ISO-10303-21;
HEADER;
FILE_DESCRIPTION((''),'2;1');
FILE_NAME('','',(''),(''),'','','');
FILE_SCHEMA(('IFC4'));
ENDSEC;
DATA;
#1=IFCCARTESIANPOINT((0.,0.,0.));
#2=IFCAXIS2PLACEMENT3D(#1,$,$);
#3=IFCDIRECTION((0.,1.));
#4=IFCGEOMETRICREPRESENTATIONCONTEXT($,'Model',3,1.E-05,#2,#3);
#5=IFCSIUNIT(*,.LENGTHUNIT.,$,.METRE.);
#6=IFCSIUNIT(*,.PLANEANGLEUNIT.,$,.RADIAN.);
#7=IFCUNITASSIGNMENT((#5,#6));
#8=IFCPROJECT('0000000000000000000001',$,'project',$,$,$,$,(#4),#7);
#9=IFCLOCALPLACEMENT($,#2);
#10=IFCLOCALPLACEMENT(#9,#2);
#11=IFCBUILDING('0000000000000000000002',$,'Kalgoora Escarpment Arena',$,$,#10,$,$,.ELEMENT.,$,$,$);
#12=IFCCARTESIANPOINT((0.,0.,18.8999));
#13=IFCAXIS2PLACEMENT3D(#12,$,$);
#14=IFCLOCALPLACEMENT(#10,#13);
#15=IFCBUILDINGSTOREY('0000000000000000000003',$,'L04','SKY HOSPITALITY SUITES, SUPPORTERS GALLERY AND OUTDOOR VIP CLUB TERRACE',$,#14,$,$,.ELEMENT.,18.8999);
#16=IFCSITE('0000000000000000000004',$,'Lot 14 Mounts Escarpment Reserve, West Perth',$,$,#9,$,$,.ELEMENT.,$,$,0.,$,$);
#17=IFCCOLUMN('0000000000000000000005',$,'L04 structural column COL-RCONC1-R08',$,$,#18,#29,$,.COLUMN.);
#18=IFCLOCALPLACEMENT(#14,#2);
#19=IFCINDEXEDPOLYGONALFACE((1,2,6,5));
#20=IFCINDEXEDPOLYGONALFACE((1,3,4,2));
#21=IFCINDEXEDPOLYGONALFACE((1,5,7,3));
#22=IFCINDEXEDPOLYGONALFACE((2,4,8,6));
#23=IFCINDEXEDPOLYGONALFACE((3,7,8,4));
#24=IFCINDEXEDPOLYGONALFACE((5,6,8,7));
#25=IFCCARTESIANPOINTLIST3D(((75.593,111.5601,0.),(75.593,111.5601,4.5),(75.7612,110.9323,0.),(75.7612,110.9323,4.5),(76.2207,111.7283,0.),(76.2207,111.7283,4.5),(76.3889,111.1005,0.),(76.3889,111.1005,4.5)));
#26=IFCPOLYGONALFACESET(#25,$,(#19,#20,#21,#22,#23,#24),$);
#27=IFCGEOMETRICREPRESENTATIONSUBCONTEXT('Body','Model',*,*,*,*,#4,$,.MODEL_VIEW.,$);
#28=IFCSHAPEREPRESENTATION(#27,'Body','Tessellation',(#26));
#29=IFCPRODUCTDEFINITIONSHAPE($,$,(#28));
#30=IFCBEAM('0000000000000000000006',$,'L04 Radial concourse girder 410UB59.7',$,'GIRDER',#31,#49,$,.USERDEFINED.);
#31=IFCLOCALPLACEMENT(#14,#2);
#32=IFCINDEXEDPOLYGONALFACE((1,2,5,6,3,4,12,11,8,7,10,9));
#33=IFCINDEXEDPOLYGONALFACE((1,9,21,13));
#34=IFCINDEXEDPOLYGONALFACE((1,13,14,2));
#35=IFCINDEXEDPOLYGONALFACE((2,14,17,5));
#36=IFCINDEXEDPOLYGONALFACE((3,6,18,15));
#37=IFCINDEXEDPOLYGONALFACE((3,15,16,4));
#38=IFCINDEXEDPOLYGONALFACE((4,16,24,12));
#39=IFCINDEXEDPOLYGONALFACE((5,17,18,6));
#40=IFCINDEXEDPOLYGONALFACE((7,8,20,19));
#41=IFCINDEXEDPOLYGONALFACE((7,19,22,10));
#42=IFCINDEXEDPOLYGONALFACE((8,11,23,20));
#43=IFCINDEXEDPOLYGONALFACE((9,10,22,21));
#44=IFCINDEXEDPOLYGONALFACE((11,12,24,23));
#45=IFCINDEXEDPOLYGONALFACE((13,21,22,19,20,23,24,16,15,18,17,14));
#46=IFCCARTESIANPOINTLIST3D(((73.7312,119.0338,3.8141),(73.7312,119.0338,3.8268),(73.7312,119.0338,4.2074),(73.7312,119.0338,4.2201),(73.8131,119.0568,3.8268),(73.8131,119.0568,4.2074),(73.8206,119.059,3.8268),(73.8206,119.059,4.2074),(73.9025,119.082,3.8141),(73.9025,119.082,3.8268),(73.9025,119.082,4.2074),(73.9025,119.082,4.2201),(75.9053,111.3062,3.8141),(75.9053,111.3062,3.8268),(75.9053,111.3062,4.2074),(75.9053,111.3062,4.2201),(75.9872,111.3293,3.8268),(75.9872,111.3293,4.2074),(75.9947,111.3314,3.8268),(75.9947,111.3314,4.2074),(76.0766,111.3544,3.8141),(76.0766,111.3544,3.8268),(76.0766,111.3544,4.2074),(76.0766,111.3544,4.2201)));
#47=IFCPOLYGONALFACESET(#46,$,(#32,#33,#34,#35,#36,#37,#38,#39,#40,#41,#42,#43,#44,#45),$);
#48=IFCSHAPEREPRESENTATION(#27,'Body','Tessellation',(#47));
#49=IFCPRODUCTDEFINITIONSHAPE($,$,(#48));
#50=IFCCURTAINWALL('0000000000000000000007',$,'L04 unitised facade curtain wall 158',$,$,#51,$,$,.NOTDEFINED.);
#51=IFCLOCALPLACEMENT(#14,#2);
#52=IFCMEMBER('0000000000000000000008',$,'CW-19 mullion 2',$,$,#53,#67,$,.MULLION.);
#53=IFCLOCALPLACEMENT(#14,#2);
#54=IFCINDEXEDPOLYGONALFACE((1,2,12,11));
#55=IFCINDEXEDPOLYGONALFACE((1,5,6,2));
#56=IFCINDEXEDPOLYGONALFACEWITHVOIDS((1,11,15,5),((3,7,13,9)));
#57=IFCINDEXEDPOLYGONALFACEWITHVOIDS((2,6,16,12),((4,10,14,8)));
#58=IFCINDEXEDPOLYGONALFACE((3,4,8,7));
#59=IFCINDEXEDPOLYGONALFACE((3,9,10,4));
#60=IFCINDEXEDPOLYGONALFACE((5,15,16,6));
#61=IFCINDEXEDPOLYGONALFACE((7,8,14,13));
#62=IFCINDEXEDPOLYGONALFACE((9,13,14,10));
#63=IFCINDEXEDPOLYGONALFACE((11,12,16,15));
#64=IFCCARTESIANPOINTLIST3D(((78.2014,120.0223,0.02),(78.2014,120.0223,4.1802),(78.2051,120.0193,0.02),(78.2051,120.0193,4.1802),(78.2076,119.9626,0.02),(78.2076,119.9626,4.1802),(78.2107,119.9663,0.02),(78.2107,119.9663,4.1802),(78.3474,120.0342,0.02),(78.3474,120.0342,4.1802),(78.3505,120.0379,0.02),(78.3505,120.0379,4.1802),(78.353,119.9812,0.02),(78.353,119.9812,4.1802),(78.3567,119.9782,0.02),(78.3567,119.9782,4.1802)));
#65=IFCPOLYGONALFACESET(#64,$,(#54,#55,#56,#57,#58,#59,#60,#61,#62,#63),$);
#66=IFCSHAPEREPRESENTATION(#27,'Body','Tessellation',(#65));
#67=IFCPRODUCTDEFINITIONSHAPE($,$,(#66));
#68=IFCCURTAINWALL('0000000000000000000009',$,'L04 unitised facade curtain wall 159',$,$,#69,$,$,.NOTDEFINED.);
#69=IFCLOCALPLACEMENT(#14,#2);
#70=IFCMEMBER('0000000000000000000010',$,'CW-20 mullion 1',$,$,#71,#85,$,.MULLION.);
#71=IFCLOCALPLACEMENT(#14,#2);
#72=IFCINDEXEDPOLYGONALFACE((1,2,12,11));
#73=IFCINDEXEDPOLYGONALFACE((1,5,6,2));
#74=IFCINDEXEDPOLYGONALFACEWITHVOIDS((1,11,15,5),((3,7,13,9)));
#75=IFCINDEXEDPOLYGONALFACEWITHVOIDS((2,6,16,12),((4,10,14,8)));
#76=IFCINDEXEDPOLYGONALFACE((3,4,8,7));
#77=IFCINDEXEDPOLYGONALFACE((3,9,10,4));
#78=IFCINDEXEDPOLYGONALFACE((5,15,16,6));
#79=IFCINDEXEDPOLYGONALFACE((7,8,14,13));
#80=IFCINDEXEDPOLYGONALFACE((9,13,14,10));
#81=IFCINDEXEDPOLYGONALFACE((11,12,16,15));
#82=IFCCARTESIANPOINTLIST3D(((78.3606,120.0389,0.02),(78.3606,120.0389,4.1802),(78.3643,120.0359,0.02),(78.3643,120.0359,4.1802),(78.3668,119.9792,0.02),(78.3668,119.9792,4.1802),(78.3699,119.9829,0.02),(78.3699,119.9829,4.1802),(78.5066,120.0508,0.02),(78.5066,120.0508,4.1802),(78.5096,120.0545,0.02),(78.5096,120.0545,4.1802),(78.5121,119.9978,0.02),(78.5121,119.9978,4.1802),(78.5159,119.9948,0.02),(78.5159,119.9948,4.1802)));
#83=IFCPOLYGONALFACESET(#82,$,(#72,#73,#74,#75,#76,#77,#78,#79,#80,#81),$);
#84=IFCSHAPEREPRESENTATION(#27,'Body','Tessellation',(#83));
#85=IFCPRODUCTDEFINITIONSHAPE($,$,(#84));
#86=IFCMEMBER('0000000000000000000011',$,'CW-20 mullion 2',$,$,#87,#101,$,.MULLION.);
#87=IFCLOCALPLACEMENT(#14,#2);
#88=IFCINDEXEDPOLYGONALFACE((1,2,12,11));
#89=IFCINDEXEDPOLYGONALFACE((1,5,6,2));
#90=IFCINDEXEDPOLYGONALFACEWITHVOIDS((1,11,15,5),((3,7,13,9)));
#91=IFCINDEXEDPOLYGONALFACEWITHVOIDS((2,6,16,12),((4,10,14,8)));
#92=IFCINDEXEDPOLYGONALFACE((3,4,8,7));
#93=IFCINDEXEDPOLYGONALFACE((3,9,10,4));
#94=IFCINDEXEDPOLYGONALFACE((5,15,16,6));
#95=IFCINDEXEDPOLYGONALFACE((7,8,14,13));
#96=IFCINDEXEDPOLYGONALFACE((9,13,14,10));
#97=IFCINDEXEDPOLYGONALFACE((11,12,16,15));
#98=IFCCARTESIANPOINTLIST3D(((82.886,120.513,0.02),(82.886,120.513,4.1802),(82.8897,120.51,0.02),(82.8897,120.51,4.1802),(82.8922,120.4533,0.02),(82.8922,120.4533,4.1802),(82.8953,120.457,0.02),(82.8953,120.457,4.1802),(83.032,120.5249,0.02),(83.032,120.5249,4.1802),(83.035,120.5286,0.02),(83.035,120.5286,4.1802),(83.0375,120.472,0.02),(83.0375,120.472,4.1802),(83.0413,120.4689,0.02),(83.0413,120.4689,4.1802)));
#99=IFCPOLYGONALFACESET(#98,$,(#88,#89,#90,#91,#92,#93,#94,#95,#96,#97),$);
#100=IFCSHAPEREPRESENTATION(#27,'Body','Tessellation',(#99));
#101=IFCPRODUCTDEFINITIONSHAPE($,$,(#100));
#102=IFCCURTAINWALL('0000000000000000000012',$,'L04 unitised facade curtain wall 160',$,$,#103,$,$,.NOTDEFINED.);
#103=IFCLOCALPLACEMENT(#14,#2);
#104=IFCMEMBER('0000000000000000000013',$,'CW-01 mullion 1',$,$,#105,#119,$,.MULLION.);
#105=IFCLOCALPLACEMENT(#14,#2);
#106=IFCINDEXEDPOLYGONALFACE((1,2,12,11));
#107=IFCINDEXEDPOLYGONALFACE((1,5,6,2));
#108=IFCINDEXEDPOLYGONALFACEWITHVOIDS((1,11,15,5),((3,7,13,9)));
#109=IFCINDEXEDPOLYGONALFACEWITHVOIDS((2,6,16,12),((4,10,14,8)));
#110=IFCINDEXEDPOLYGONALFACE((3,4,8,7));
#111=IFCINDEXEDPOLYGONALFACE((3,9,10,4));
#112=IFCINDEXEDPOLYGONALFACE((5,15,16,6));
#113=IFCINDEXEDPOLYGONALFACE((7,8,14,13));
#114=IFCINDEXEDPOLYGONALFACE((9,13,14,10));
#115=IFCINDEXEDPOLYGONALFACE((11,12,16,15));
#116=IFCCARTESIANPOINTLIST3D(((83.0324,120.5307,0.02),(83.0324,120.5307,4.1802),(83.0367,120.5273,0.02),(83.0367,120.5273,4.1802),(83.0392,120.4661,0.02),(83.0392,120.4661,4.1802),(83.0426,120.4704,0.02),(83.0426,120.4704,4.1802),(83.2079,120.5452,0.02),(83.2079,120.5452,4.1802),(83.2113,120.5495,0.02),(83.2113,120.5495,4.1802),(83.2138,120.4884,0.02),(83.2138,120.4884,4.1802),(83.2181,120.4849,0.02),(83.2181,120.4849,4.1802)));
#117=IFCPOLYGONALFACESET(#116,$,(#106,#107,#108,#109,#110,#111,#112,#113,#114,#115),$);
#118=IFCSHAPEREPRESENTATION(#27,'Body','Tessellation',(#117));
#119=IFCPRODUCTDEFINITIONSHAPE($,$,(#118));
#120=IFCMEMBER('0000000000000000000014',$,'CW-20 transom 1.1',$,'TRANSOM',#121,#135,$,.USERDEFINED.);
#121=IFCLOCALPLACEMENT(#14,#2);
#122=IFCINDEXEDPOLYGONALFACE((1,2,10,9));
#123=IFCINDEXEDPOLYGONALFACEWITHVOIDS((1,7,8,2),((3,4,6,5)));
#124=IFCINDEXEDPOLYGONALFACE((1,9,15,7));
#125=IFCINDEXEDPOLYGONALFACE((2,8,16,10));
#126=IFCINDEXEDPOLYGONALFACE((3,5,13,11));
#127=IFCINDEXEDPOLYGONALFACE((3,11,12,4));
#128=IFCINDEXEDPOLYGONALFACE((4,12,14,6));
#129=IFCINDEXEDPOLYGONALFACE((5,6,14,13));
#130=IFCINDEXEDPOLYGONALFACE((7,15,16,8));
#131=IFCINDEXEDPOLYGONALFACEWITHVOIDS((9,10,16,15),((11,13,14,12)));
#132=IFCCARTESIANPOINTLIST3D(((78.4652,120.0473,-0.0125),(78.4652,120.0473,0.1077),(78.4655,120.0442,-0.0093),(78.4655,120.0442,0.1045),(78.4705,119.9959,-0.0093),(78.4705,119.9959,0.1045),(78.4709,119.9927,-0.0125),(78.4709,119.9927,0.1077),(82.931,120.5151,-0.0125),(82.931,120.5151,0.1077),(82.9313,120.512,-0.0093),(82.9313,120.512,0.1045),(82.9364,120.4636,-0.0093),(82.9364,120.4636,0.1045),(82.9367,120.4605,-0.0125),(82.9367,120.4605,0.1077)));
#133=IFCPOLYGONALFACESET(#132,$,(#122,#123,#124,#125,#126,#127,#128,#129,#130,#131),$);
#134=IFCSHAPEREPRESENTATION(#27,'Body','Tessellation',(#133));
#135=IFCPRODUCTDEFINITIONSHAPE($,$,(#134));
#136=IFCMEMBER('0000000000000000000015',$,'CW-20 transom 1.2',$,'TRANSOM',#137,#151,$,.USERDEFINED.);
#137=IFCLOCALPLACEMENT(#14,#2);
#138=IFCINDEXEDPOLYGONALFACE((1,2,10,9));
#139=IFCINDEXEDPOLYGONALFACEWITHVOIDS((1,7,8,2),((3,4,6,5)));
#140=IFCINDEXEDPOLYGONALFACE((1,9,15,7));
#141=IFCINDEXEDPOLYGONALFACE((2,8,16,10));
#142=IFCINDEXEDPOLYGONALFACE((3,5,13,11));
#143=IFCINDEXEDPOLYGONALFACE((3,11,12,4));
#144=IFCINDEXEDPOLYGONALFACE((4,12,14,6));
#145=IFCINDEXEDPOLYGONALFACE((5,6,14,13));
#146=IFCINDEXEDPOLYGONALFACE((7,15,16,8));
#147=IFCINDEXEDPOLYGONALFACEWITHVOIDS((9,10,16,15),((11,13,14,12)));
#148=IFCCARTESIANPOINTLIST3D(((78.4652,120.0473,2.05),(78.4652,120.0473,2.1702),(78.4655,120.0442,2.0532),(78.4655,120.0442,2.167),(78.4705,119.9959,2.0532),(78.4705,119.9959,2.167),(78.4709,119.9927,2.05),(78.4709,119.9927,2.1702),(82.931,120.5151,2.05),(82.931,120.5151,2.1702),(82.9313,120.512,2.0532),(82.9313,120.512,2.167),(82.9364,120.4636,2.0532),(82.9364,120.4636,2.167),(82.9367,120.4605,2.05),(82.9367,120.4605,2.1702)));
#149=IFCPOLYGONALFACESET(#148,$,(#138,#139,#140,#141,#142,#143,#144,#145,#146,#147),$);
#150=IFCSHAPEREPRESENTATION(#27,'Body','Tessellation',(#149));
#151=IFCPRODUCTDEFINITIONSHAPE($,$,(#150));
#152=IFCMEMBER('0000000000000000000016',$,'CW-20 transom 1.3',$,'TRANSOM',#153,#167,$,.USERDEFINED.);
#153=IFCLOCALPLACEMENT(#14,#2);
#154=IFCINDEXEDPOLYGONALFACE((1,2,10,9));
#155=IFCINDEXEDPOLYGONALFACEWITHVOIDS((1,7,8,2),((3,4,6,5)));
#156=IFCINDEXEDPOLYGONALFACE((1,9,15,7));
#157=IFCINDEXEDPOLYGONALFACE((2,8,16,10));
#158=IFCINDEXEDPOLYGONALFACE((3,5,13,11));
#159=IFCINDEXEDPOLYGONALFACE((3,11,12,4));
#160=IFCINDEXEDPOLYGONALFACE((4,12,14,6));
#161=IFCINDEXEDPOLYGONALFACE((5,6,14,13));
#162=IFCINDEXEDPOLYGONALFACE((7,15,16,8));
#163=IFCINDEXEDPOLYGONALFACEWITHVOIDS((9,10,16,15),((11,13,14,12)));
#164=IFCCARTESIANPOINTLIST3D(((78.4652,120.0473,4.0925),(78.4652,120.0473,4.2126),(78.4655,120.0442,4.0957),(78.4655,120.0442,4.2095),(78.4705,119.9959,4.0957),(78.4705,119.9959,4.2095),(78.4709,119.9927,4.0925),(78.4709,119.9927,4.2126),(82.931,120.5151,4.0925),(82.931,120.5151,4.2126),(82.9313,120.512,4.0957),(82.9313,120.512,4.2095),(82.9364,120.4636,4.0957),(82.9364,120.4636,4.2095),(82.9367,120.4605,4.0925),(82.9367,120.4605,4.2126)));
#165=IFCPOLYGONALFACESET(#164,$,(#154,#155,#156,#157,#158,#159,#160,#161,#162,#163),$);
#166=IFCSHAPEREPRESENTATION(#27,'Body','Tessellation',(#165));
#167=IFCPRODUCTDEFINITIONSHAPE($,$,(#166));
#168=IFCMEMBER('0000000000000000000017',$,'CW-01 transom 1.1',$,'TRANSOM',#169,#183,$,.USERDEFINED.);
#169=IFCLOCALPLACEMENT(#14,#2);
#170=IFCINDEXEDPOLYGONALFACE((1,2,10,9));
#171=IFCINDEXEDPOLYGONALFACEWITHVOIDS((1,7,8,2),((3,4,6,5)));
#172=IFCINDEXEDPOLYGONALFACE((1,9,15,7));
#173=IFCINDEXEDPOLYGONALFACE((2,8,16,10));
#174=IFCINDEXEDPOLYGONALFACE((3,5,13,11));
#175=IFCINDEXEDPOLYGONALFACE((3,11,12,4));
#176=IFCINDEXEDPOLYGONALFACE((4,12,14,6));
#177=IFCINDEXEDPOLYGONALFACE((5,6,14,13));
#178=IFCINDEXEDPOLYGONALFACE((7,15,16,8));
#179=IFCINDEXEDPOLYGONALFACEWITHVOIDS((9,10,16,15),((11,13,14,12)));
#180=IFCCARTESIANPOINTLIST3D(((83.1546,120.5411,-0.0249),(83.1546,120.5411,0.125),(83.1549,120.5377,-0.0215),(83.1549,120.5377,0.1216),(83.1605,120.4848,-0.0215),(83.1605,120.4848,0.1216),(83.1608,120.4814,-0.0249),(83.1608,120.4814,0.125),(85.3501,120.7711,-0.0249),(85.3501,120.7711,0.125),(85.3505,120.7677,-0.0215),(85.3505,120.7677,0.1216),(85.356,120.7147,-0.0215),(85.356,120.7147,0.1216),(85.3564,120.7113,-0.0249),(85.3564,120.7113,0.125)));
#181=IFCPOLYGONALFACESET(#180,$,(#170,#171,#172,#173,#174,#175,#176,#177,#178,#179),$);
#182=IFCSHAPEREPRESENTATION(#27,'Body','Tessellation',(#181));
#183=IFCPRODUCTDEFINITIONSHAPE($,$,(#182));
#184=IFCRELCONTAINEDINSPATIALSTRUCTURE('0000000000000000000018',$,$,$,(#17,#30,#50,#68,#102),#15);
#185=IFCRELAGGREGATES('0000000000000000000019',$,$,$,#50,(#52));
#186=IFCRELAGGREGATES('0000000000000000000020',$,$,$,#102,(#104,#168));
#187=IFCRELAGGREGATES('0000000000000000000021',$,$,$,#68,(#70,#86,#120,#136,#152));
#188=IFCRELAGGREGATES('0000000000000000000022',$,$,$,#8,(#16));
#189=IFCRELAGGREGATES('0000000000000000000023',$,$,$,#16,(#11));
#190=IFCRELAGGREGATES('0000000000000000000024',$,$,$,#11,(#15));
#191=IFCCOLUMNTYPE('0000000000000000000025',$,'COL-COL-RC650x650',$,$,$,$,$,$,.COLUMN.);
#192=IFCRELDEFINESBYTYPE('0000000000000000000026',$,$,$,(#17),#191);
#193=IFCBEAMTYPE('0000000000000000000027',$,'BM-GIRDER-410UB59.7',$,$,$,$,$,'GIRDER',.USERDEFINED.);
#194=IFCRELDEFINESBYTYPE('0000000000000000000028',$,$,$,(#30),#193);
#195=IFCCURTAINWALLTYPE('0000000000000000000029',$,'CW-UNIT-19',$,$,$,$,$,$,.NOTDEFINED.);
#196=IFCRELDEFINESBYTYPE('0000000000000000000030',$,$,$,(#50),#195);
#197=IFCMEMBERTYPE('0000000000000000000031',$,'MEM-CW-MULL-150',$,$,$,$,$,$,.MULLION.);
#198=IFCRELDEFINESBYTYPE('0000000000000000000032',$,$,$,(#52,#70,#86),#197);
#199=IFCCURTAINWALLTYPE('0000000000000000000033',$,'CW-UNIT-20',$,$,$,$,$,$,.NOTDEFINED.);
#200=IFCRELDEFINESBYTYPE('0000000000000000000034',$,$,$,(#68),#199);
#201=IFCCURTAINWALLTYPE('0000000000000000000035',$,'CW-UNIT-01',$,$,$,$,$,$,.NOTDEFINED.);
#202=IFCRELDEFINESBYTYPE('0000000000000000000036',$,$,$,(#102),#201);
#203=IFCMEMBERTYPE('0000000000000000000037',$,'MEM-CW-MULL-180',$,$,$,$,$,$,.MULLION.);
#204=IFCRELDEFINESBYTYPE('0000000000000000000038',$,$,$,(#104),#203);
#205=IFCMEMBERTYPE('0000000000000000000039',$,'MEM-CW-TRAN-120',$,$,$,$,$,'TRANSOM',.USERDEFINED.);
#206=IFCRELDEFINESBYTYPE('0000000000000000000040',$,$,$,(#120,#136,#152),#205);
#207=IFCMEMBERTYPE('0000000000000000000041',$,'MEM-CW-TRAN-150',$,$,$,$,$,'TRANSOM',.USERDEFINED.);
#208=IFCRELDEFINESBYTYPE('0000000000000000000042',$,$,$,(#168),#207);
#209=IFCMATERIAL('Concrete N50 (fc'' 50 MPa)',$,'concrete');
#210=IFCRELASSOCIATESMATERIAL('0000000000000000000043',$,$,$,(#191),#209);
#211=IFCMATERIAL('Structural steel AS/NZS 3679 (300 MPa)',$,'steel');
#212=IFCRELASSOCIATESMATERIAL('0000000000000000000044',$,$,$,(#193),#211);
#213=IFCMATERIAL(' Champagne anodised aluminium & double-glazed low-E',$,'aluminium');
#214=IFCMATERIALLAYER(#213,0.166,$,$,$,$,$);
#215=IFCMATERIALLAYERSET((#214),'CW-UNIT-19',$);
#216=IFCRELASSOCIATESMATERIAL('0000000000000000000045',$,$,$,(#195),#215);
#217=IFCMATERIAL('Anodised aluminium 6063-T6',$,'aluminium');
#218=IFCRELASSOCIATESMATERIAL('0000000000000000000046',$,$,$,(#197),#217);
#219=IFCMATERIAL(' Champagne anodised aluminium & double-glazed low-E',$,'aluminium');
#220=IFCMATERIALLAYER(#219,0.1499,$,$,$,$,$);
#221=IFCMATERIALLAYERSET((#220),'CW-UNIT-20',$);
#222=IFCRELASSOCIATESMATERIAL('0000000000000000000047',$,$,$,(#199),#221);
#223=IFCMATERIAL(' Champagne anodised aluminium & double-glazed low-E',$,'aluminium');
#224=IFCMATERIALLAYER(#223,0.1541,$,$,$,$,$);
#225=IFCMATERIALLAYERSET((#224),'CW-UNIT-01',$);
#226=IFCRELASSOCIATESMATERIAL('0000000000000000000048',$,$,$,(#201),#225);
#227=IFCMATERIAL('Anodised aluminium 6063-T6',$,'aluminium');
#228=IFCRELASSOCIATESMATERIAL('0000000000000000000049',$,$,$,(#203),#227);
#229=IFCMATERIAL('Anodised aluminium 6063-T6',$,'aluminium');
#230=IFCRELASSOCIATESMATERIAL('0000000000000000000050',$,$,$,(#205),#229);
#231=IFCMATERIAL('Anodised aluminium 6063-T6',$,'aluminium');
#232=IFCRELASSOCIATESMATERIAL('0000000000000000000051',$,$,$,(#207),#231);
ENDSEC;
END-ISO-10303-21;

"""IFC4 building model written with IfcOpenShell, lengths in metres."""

from ifc_helpers import new_model, si_unit, direction, frame, origin, origin_2d, place, context, subcontext, project, spatial, rectangle, hollow_rectangle, i_section, extrude, material, layer, layer_set, material_profile, profile_set, type_object, element, aggregate, save


model = new_model("IFC4")

# Units and contexts
model_context = context("Model", 3, precision=1e-05, world=origin(), true_north=direction((0.0, 1.0)))
body_context = subcontext(model_context, "Body", "Model", "MODEL_VIEW")
ifc_project = project(units=[si_unit("LENGTHUNIT", "METRE"), si_unit("PLANEANGLEUNIT", "RADIAN")], contexts=[model_context])

# Site, building, storey
site_placement = place(None, origin())
site = spatial("IfcSite", under=ifc_project, at=site_placement, Name="Lot 14 Mounts Escarpment Reserve, West Perth", CompositionType="ELEMENT", RefElevation=0.0)
building_placement = place(site_placement, origin())
building = spatial("IfcBuilding", under=site, at=building_placement, Name="Kalgoora Escarpment Arena", CompositionType="ELEMENT")
storey_placement = place(building_placement, frame((0.0, 0.0, 18.8999)))
storey = spatial("IfcBuildingStorey", under=building, at=storey_placement, Name="L04", Description="SKY HOSPITALITY SUITES, SUPPORTERS GALLERY AND OUTDOOR VIP CLUB TERRACE", CompositionType="ELEMENT", Elevation=18.8999)

# Column
ifc_material_1 = material(Name="Concrete N50 (fc' 50 MPa)", Category="concrete")
ifc_material_profile_1 = material_profile(ifc_material_1, rectangle(XDim=0.6499, YDim=0.6499, at=origin_2d()))
ifc_profile_set_1 = profile_set([ifc_material_profile_1], Name="Concrete N50 (fc' 50 MPa)")
column_type = type_object("IfcColumnType", Name="COL-COL-RC650x650", PredefinedType="COLUMN", material=ifc_profile_set_1)
column_placement = place(storey_placement, frame((75.991, 111.3303, 0.0), z_axis=(0.0, 0.0, 1.0), x_axis=(-0.258819, 0.965926, 0.0)))
element("IfcColumn", 1, at=column_placement, inside=storey, type_object=column_type, Name="L04 structural column COL-RCONC1-R08", PredefinedType="COLUMN", context=body_context, shape_type="SweptSolid", body=[
    extrude(rectangle(XDim=0.6499, YDim=0.6499, at=origin_2d()), origin(), (0.0, 0.0, 1.0), 4.5),
])

# Beam
ifc_material_2 = material(Name="Structural steel AS/NZS 3679 (300 MPa)", Category="steel")
ifc_material_profile_2 = material_profile(ifc_material_2, i_section(OverallWidth=0.178, OverallDepth=0.406, WebThickness=0.0078, FlangeThickness=0.0127, at=origin_2d()))
ifc_profile_set_2 = profile_set([ifc_material_profile_2], Name="Structural steel AS/NZS 3679 (300 MPa)")
beam_type = type_object("IfcBeamType", Name="BM-GIRDER-410UB59.7", ElementType="GIRDER", PredefinedType="USERDEFINED", material=ifc_profile_set_2)
beam_placement = place(storey_placement, frame((75.991, 111.3303, 4.0171), z_axis=(-0.270827, 0.962628, 0.0), x_axis=(-0.962628, -0.270827, 0.0)))
element("IfcBeam", 2, at=beam_placement, inside=storey, type_object=beam_type, Name="L04 Radial concourse girder 410UB59.7", ObjectType="GIRDER", PredefinedType="USERDEFINED", context=body_context, shape_type="SweptSolid", body=[
    extrude(i_section(OverallWidth=0.178, OverallDepth=0.406, WebThickness=0.0078, FlangeThickness=0.0127, at=origin_2d()), origin(), (0.0, 0.0, 1.0), 8.0276),
])

# Curtain wall, member
ifc_material_3 = material(Name=" Champagne anodised aluminium & double-glazed low-E", Category="aluminium")
ifc_layer_1 = layer(ifc_material_3, 0.166)
ifc_layer_set_1 = layer_set([ifc_layer_1], Name="CW-UNIT-19")
curtain_wall_type_1 = type_object("IfcCurtainWallType", Name="CW-UNIT-19", PredefinedType="NOTDEFINED", material=ifc_layer_set_1)
curtain_wall_1_placement = place(storey_placement, origin())
curtain_wall_1 = element("IfcCurtainWall", 3, at=curtain_wall_1_placement, inside=storey, type_object=curtain_wall_type_1, Name="L04 unitised facade curtain wall 158", PredefinedType="NOTDEFINED")
ifc_material_4 = material(Name="Anodised aluminium 6063-T6", Category="aluminium")
ifc_material_profile_3 = material_profile(ifc_material_4, hollow_rectangle(XDim=0.0601, YDim=0.1499, WallThickness=0.0034, at=origin_2d()))
ifc_profile_set_3 = profile_set([ifc_material_profile_3], Name="Anodised aluminium 6063-T6")
member_type_1 = type_object("IfcMemberType", Name="MEM-CW-MULL-150", PredefinedType="MULLION", material=ifc_profile_set_3)
member_1_placement = place(storey_placement, frame((78.2791, 120.0002, 0.02), z_axis=(0.0, 0.0, 1.0), x_axis=(-0.104158, 0.994561, 0.0)))
member_1 = element("IfcMember", 4, at=member_1_placement, type_object=member_type_1, Name="CW-19 mullion 2", PredefinedType="MULLION", context=body_context, shape_type="SweptSolid", body=[
    extrude(hollow_rectangle(XDim=0.0601, YDim=0.1499, WallThickness=0.0034, at=origin_2d()), origin(), (0.0, 0.0, 1.0), 4.1602),
])

# Curtain wall, members
ifc_material_5 = material(Name=" Champagne anodised aluminium & double-glazed low-E", Category="aluminium")
ifc_layer_2 = layer(ifc_material_5, 0.1499)
ifc_layer_set_2 = layer_set([ifc_layer_2], Name="CW-UNIT-20")
curtain_wall_type_2 = type_object("IfcCurtainWallType", Name="CW-UNIT-20", PredefinedType="NOTDEFINED", material=ifc_layer_set_2)
curtain_wall_2_placement = place(storey_placement, origin())
curtain_wall_2 = element("IfcCurtainWall", 5, at=curtain_wall_2_placement, inside=storey, type_object=curtain_wall_type_2, Name="L04 unitised facade curtain wall 159", PredefinedType="NOTDEFINED")
member_2_placement = place(storey_placement, frame((78.4382, 120.0168, 0.02), z_axis=(0.0, 0.0, 1.0), x_axis=(-0.104182, 0.994558, 0.0)))
member_2 = element("IfcMember", 6, at=member_2_placement, type_object=member_type_1, Name="CW-20 mullion 1", PredefinedType="MULLION", context=body_context, shape_type="SweptSolid", body=[
    extrude(hollow_rectangle(XDim=0.0601, YDim=0.1499, WallThickness=0.0034, at=origin_2d()), origin(), (0.0, 0.0, 1.0), 4.1602),
])
member_3_placement = place(storey_placement, frame((82.9636, 120.491, 0.02), z_axis=(0.0, 0.0, 1.0), x_axis=(-0.104182, 0.994558, 0.0)))
member_3 = element("IfcMember", 7, at=member_3_placement, type_object=member_type_1, Name="CW-20 mullion 2", PredefinedType="MULLION", context=body_context, shape_type="SweptSolid", body=[
    extrude(hollow_rectangle(XDim=0.0601, YDim=0.1499, WallThickness=0.0034, at=origin_2d()), origin(), (0.0, 0.0, 1.0), 4.1602),
])

# Curtain wall, member
ifc_material_6 = material(Name=" Champagne anodised aluminium & double-glazed low-E", Category="aluminium")
ifc_layer_3 = layer(ifc_material_6, 0.1541)
ifc_layer_set_3 = layer_set([ifc_layer_3], Name="CW-UNIT-01")
curtain_wall_type_3 = type_object("IfcCurtainWallType", Name="CW-UNIT-01", PredefinedType="NOTDEFINED", material=ifc_layer_set_3)
curtain_wall_3_placement = place(storey_placement, origin())
curtain_wall_3 = element("IfcCurtainWall", 8, at=curtain_wall_3_placement, inside=storey, type_object=curtain_wall_type_3, Name="L04 unitised facade curtain wall 160", PredefinedType="NOTDEFINED")
ifc_material_7 = material(Name="Anodised aluminium 6063-T6", Category="aluminium")
ifc_material_profile_4 = material_profile(ifc_material_7, hollow_rectangle(XDim=0.0649, YDim=0.1799, WallThickness=0.0039, at=origin_2d()))
ifc_profile_set_4 = profile_set([ifc_material_profile_4], Name="Anodised aluminium 6063-T6")
member_type_2 = type_object("IfcMemberType", Name="MEM-CW-MULL-180", PredefinedType="MULLION", material=ifc_profile_set_4)
member_4_placement = place(storey_placement, frame((83.1252, 120.5078, 0.02), z_axis=(0.0, 0.0, 1.0), x_axis=(-0.104182, 0.994558, 0.0)))
member_4 = element("IfcMember", 9, at=member_4_placement, type_object=member_type_2, Name="CW-01 mullion 1", PredefinedType="MULLION", context=body_context, shape_type="SweptSolid", body=[
    extrude(hollow_rectangle(XDim=0.0649, YDim=0.1799, WallThickness=0.0039, at=origin_2d()), origin(), (0.0, 0.0, 1.0), 4.1602),
])

# Members
ifc_material_8 = material(Name="Anodised aluminium 6063-T6", Category="aluminium")
ifc_material_profile_5 = material_profile(ifc_material_8, hollow_rectangle(XDim=0.0549, YDim=0.1201, WallThickness=0.0032, at=origin_2d()))
ifc_profile_set_5 = profile_set([ifc_material_profile_5], Name="Anodised aluminium 6063-T6")
member_type_3 = type_object("IfcMemberType", Name="MEM-CW-TRAN-120", ElementType="TRANSOM", PredefinedType="USERDEFINED", material=ifc_profile_set_5)
member_5_placement = place(storey_placement, frame((78.468, 120.02, 0.0476), z_axis=(0.994559, 0.104175, 0.0), x_axis=(-0.104175, 0.994559, 0.0)))
member_5 = element("IfcMember", 10, at=member_5_placement, type_object=member_type_3, Name="CW-20 transom 1.1", ObjectType="TRANSOM", PredefinedType="USERDEFINED", context=body_context, shape_type="SweptSolid", body=[
    extrude(hollow_rectangle(XDim=0.0549, YDim=0.1201, WallThickness=0.0032, at=origin_2d()), origin(), (0.0, 0.0, 1.0), 4.4902),
])
member_6_placement = place(storey_placement, frame((78.468, 120.02, 2.1101), z_axis=(0.994559, 0.104175, 0.0), x_axis=(-0.104175, 0.994559, 0.0)))
member_6 = element("IfcMember", 11, at=member_6_placement, type_object=member_type_3, Name="CW-20 transom 1.2", ObjectType="TRANSOM", PredefinedType="USERDEFINED", context=body_context, shape_type="SweptSolid", body=[
    extrude(hollow_rectangle(XDim=0.0549, YDim=0.1201, WallThickness=0.0032, at=origin_2d()), origin(), (0.0, 0.0, 1.0), 4.4902),
])
member_7_placement = place(storey_placement, frame((78.468, 120.02, 4.1526), z_axis=(0.994559, 0.104175, 0.0), x_axis=(-0.104175, 0.994559, 0.0)))
member_7 = element("IfcMember", 12, at=member_7_placement, type_object=member_type_3, Name="CW-20 transom 1.3", ObjectType="TRANSOM", PredefinedType="USERDEFINED", context=body_context, shape_type="SweptSolid", body=[
    extrude(hollow_rectangle(XDim=0.0549, YDim=0.1201, WallThickness=0.0032, at=origin_2d()), origin(), (0.0, 0.0, 1.0), 4.4902),
])
ifc_material_9 = material(Name="Anodised aluminium 6063-T6", Category="aluminium")
ifc_material_profile_6 = material_profile(ifc_material_9, hollow_rectangle(XDim=0.0601, YDim=0.1499, WallThickness=0.0034, at=origin_2d()))
ifc_profile_set_6 = profile_set([ifc_material_profile_6], Name="Anodised aluminium 6063-T6")
member_type_4 = type_object("IfcMemberType", Name="MEM-CW-TRAN-150", ElementType="TRANSOM", PredefinedType="USERDEFINED", material=ifc_profile_set_6)
member_8_placement = place(storey_placement, frame((83.1577, 120.5112, 0.05), z_axis=(0.994559, 0.104178, 0.0), x_axis=(-0.104178, 0.994559, 0.0)))
member_8 = element("IfcMember", 13, at=member_8_placement, type_object=member_type_4, Name="CW-01 transom 1.1", ObjectType="TRANSOM", PredefinedType="USERDEFINED", context=body_context, shape_type="SweptSolid", body=[
    extrude(hollow_rectangle(XDim=0.0601, YDim=0.1499, WallThickness=0.0034, at=origin_2d()), origin(), (0.0, 0.0, 1.0), 2.2075),
])

aggregate(curtain_wall_1, [member_1])
aggregate(curtain_wall_3, [member_4, member_8])
aggregate(curtain_wall_2, [member_2, member_3, member_5, member_6, member_7])

save(model, "model.ifc")
